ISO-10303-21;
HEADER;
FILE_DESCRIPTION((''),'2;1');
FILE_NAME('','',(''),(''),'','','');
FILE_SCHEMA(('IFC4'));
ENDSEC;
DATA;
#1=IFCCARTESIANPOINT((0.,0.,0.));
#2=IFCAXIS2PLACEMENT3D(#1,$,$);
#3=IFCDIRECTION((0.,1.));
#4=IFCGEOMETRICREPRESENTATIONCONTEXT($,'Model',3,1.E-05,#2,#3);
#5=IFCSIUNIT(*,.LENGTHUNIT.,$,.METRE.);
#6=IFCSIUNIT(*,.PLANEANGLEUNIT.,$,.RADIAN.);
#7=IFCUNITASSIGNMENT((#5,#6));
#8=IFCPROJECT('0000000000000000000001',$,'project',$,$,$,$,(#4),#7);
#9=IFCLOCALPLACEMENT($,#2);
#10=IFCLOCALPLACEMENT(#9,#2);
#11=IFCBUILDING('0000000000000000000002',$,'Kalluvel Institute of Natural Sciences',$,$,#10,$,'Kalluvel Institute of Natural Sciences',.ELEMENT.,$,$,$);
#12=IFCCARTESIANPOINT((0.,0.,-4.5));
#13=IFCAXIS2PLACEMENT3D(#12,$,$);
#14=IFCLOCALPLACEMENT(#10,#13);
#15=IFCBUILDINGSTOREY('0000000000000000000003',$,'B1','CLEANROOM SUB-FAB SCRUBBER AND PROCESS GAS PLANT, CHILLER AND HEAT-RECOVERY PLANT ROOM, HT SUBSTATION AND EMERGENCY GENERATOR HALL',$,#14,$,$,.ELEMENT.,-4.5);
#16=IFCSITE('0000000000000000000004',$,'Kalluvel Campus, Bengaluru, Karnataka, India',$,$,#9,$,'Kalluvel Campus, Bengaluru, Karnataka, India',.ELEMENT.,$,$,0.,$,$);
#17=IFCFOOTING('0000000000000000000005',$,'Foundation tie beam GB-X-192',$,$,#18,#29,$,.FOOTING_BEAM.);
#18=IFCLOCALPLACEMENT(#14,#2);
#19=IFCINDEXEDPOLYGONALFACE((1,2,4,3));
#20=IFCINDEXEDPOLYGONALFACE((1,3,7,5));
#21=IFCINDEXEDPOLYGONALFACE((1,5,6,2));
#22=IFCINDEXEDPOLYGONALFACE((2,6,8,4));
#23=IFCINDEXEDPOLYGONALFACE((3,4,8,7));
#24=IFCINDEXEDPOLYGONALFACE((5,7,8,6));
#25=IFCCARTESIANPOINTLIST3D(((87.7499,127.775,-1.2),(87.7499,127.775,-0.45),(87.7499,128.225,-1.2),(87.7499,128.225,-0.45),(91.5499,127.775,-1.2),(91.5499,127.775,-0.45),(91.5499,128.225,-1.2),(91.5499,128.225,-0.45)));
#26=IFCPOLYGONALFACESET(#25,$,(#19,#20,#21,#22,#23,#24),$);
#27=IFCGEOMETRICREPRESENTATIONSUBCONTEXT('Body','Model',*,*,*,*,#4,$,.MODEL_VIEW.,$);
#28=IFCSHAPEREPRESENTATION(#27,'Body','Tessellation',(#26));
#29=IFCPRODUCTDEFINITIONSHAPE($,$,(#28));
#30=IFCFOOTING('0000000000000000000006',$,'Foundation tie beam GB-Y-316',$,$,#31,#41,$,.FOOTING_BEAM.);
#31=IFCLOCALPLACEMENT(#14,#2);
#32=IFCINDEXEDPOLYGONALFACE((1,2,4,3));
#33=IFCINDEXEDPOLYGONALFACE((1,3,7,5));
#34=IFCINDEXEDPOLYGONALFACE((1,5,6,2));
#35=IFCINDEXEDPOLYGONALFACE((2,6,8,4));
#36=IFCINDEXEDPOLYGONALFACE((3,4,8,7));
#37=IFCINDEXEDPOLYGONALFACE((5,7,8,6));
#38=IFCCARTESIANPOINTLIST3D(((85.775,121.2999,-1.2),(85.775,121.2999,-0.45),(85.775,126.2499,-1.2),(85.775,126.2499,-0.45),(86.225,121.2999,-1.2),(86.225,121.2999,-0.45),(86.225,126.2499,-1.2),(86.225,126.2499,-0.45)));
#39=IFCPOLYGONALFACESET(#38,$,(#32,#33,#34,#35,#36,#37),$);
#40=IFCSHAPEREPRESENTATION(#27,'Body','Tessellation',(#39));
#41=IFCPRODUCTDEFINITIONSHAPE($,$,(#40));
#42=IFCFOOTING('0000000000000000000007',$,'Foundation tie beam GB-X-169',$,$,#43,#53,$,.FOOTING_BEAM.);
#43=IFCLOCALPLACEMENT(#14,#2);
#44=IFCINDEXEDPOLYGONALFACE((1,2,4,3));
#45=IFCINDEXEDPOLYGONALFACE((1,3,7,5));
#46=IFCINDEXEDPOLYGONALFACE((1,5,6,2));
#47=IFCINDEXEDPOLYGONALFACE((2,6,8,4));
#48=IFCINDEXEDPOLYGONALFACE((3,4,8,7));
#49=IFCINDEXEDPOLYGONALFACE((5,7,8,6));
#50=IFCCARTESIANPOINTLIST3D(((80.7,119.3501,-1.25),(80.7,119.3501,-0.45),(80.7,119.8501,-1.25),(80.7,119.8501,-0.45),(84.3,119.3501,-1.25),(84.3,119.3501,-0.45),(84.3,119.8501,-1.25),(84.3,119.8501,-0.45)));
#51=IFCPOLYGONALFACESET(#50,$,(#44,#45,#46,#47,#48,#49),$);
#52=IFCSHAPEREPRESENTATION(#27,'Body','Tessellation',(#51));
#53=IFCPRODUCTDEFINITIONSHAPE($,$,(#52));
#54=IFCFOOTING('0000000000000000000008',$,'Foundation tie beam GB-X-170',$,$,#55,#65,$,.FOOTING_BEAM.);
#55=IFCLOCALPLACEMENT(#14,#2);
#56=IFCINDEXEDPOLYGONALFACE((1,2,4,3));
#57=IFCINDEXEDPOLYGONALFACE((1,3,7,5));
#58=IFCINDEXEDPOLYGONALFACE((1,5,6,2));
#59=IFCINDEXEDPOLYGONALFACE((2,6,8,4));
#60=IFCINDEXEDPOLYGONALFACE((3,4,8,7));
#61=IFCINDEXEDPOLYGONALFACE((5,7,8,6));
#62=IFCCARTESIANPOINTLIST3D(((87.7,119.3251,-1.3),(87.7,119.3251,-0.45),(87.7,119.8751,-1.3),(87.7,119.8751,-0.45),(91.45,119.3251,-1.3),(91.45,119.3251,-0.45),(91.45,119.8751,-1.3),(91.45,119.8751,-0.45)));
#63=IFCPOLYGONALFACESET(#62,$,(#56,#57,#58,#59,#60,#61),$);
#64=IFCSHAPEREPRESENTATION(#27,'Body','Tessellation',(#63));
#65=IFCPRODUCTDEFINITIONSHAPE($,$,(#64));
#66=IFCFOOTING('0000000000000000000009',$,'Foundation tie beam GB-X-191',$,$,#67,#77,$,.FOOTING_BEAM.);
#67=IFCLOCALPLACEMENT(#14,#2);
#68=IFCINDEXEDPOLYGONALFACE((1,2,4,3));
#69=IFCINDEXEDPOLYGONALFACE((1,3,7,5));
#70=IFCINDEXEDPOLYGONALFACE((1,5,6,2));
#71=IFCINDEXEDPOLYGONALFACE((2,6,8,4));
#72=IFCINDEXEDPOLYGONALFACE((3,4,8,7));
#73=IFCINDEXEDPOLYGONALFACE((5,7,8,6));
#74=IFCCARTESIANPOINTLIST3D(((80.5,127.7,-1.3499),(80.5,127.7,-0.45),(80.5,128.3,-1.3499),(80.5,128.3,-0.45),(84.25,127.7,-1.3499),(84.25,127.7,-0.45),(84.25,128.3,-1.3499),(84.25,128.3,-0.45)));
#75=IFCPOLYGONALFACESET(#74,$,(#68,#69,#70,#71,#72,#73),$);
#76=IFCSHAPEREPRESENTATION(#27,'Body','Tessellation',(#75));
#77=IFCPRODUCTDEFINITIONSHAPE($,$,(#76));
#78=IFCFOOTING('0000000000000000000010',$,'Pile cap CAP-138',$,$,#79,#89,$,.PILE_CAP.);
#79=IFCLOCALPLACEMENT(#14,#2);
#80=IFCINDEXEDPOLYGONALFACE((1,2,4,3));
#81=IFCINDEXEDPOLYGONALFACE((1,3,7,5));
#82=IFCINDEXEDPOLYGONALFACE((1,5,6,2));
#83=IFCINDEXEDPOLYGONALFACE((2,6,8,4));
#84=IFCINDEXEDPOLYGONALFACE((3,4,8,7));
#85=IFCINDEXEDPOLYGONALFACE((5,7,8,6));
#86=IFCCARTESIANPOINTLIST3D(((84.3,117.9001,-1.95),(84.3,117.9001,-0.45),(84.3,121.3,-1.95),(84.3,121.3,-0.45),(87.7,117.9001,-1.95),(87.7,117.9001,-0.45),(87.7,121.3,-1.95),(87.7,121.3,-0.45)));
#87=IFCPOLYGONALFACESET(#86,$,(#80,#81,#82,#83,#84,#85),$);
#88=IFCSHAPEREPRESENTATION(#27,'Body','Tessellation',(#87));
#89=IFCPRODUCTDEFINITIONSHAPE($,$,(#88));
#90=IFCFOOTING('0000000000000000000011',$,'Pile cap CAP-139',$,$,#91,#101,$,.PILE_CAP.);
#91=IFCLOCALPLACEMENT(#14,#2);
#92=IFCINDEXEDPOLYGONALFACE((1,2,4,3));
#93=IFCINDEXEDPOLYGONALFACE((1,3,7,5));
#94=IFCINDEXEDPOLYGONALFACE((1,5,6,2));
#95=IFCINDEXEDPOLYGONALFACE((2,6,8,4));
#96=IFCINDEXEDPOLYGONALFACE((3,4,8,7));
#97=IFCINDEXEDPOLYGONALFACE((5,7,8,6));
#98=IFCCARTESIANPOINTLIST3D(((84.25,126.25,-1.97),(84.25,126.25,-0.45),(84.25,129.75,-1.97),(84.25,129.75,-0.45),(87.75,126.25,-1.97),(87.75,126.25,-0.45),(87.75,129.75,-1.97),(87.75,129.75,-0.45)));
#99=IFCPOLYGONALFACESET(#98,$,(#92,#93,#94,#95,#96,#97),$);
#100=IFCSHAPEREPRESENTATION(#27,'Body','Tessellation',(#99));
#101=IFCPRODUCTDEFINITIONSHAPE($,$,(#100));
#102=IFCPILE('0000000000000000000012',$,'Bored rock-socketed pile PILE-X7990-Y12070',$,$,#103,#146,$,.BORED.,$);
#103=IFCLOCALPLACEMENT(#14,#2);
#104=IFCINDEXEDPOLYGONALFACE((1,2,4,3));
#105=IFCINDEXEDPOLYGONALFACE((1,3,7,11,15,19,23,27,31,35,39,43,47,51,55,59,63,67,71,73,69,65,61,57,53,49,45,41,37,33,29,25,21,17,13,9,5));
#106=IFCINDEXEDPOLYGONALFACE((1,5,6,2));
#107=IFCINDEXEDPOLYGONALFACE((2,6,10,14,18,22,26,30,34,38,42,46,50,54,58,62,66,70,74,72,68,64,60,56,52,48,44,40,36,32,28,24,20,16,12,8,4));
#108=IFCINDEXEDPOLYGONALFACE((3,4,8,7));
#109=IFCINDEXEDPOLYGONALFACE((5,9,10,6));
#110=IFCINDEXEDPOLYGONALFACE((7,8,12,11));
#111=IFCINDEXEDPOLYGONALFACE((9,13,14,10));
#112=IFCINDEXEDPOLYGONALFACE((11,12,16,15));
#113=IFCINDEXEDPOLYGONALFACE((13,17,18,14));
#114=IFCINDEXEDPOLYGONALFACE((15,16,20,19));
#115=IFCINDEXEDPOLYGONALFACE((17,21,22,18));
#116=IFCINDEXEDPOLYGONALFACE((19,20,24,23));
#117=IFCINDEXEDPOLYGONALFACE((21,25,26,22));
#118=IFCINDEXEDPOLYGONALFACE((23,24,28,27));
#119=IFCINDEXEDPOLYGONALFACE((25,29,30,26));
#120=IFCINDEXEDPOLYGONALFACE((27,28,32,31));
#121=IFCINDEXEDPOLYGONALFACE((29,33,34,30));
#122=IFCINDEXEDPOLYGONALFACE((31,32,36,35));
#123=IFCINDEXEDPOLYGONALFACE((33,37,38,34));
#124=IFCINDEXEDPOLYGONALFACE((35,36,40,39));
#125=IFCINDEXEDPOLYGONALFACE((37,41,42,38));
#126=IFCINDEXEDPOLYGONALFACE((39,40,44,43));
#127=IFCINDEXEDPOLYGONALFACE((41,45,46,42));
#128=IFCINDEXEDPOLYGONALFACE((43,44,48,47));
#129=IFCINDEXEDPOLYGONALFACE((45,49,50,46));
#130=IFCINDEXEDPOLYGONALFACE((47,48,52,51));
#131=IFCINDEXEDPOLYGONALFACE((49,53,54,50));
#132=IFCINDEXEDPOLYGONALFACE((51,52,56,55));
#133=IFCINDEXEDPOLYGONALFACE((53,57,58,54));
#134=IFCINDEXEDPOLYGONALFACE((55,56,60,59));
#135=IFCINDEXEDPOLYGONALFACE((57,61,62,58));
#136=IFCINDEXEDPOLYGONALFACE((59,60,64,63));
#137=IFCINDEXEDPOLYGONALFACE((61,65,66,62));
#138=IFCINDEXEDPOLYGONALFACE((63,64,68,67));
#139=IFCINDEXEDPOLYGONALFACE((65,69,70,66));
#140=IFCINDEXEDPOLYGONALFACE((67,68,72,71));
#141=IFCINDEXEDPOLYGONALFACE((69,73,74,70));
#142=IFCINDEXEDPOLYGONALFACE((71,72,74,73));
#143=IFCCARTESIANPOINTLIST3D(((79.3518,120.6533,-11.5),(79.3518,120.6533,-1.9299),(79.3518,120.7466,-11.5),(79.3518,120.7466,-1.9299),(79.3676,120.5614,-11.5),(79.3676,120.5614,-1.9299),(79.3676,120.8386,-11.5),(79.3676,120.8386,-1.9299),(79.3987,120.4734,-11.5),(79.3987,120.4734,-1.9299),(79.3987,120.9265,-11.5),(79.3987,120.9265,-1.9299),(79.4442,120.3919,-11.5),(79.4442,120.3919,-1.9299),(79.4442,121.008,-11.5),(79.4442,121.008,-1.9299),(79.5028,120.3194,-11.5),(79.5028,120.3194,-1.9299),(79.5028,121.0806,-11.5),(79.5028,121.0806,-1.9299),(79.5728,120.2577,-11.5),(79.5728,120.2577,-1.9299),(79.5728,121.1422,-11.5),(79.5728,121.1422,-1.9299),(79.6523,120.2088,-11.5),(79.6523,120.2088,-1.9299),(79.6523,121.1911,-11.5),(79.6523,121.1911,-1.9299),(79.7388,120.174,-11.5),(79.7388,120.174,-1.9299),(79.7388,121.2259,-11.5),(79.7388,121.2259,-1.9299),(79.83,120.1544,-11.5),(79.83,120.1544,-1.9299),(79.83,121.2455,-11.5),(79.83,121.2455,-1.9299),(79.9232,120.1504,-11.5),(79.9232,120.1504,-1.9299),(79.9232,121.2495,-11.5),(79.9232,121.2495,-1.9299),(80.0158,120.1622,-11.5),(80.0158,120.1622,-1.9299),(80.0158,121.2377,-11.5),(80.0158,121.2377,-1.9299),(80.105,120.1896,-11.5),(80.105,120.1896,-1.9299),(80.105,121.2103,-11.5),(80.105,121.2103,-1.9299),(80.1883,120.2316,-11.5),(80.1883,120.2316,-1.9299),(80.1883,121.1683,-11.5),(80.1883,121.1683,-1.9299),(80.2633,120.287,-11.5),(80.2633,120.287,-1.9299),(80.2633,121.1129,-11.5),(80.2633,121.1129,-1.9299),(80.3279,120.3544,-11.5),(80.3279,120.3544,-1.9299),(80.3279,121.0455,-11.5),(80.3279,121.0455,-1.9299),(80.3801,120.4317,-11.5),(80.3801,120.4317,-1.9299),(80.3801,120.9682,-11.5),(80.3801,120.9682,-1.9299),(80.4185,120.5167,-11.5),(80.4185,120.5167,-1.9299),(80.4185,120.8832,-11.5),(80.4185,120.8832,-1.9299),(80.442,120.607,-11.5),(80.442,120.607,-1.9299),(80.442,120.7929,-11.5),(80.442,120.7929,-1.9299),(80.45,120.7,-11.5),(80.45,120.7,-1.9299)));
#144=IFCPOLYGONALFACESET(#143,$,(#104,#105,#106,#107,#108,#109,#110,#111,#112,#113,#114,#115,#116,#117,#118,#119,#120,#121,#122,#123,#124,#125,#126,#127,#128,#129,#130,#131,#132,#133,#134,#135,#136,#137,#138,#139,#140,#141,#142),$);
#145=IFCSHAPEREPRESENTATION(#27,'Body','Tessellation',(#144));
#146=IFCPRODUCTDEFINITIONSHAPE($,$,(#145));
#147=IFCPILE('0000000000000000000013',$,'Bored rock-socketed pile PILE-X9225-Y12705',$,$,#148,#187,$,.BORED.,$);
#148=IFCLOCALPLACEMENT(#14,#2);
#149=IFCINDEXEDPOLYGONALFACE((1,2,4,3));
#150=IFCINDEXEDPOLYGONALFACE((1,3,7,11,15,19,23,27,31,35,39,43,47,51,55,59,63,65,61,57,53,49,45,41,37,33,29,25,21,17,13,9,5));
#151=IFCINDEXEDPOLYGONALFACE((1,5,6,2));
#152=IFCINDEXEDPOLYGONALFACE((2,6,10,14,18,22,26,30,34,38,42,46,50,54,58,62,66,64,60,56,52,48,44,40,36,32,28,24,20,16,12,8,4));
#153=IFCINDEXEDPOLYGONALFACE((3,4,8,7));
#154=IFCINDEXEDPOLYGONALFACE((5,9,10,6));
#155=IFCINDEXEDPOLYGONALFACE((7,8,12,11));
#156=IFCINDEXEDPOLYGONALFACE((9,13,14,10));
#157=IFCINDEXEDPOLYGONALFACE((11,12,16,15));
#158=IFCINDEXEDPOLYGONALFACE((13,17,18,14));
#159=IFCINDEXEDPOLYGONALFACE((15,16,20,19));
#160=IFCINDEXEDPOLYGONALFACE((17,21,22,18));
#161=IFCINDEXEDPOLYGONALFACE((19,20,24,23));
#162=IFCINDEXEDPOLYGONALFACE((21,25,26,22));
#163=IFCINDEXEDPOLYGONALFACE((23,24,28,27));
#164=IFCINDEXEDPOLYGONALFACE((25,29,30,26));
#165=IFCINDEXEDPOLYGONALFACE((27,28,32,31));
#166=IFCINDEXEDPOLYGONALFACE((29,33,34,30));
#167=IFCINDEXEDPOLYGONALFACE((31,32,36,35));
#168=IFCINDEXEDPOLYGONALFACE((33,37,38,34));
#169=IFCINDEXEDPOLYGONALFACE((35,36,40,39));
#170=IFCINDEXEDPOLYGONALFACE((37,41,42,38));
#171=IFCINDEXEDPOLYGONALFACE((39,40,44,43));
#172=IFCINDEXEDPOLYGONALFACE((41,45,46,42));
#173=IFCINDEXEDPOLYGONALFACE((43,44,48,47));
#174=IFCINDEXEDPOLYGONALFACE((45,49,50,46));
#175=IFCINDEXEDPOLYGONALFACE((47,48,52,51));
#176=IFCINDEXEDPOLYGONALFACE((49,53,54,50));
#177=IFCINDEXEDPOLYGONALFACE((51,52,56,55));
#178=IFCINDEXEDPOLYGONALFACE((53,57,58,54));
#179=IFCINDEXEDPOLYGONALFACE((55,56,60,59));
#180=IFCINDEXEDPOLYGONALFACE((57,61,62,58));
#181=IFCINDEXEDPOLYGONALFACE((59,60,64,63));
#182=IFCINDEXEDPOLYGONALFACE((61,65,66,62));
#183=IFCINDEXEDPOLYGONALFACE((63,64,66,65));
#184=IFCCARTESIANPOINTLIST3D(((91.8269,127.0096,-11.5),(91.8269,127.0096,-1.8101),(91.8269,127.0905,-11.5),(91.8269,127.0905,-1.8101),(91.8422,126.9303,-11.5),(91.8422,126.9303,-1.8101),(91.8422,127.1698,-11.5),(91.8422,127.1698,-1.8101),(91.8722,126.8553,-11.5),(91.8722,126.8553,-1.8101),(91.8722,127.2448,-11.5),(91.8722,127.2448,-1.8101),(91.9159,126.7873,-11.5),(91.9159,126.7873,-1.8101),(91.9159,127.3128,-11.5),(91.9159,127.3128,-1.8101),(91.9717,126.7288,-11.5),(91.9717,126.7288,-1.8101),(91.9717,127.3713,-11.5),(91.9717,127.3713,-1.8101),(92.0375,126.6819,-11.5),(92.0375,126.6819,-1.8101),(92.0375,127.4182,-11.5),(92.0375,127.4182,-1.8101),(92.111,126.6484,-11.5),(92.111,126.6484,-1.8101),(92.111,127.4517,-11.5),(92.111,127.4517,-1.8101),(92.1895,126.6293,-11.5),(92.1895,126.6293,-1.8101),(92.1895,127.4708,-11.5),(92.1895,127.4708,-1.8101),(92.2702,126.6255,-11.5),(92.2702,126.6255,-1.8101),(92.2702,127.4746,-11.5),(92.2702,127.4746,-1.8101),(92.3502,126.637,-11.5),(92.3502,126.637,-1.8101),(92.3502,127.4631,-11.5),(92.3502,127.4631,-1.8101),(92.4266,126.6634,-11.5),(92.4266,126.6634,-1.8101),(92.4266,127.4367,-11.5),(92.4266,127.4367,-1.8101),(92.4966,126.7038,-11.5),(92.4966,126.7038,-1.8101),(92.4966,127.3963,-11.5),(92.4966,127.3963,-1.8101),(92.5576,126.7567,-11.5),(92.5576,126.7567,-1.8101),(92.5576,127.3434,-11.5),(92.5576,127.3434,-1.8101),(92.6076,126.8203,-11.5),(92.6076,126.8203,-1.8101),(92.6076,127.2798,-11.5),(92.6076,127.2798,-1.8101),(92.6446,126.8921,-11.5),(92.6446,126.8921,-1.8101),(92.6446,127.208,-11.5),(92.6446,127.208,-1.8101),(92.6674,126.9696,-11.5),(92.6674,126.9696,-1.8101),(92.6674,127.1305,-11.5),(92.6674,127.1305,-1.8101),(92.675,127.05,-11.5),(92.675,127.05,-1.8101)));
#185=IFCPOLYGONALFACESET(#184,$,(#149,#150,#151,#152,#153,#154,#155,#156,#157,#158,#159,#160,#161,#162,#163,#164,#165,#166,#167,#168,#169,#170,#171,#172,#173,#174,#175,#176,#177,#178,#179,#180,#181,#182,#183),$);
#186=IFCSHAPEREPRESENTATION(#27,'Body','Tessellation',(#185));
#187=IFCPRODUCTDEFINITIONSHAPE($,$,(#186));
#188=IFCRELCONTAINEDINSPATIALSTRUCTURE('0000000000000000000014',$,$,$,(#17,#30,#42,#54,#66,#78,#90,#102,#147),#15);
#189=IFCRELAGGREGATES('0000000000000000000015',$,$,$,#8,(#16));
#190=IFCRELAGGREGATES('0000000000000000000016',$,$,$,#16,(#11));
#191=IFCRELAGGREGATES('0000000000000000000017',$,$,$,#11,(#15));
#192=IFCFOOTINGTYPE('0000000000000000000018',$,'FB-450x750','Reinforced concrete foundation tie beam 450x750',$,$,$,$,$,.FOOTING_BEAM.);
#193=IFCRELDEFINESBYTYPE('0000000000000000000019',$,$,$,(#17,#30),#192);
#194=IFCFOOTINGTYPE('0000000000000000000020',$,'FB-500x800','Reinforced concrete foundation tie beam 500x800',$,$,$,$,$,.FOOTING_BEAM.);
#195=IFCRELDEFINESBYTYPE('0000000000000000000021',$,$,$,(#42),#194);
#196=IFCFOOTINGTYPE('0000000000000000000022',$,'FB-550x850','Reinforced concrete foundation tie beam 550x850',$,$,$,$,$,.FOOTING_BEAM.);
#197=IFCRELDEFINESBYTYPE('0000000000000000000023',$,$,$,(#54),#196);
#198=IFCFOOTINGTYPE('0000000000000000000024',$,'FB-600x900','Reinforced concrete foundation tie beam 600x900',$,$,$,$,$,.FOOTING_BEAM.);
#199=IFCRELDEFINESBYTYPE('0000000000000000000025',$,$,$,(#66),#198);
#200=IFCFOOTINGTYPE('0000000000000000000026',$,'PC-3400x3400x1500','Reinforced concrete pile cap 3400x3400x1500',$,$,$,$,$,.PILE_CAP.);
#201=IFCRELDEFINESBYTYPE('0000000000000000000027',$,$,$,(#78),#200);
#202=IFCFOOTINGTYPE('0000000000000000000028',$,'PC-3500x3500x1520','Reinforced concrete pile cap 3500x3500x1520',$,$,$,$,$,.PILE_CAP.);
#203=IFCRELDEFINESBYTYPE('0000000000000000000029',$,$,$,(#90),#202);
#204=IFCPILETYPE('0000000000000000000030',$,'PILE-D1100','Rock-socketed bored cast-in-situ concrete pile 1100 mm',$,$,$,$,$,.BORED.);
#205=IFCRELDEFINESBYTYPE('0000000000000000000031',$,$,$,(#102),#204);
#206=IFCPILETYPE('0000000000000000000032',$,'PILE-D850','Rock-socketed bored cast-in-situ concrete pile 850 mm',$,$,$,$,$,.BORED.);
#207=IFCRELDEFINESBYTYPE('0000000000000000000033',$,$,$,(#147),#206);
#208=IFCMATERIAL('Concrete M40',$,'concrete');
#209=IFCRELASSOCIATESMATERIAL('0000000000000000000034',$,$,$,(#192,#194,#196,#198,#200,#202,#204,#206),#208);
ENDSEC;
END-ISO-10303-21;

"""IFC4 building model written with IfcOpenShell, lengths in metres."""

from ifc_helpers import new_model, si_unit, direction, frame, origin, origin_2d, place, context, subcontext, project, spatial, rectangle, circle, extrude, material, material_profile, profile_set, type_object, element, save


model = new_model("IFC4")

# Units and contexts
model_context = context("Model", 3, precision=1e-05, world=origin(), true_north=direction((0.0, 1.0)))
body_context = subcontext(model_context, "Body", "Model", "MODEL_VIEW")
ifc_project = project(units=[si_unit("LENGTHUNIT", "METRE"), si_unit("PLANEANGLEUNIT", "RADIAN")], contexts=[model_context])

# Site, building, storey
site_placement = place(None, origin())
site = spatial("IfcSite", under=ifc_project, at=site_placement, Name="Kalluvel Campus, Bengaluru, Karnataka, India", LongName="Kalluvel Campus, Bengaluru, Karnataka, India", CompositionType="ELEMENT", RefElevation=0.0)
building_placement = place(site_placement, origin())
building = spatial("IfcBuilding", under=site, at=building_placement, Name="Kalluvel Institute of Natural Sciences", LongName="Kalluvel Institute of Natural Sciences", CompositionType="ELEMENT")
storey_placement = place(building_placement, frame((0.0, 0.0, -4.5)))
storey = spatial("IfcBuildingStorey", under=building, at=storey_placement, Name="B1", Description="CLEANROOM SUB-FAB SCRUBBER AND PROCESS GAS PLANT, CHILLER AND HEAT-RECOVERY PLANT ROOM, HT SUBSTATION AND EMERGENCY GENERATOR HALL", CompositionType="ELEMENT", Elevation=-4.5)

# Footings
ifc_material_1 = material(Name="Concrete M40", Category="concrete")
footing_type_1 = type_object("IfcFootingType", Name="FB-450x750", Description="Reinforced concrete foundation tie beam 450x750", PredefinedType="FOOTING_BEAM", material=ifc_material_1)
footing_1_placement = place(storey_placement, frame((89.6499, 128.0, -1.2), z_axis=(0.0, 0.0, 1.0), x_axis=(1.0, 0.0, 0.0)))
element("IfcFooting", 1, at=footing_1_placement, inside=storey, type_object=footing_type_1, Name="Foundation tie beam GB-X-192", PredefinedType="FOOTING_BEAM", context=body_context, shape_type="SweptSolid", body=[
    extrude(rectangle(XDim=3.8, YDim=0.45, at=origin_2d()), origin(), (0.0, 0.0, 1.0), 0.75),
])
footing_2_placement = place(storey_placement, frame((86.0, 123.7749, -1.2), z_axis=(0.0, 0.0, 1.0), x_axis=(1.0, 0.0, 0.0)))
element("IfcFooting", 2, at=footing_2_placement, inside=storey, type_object=footing_type_1, Name="Foundation tie beam GB-Y-316", PredefinedType="FOOTING_BEAM", context=body_context, shape_type="SweptSolid", body=[
    extrude(rectangle(XDim=0.45, YDim=4.95, at=origin_2d()), origin(), (0.0, 0.0, 1.0), 0.75),
])
footing_type_2 = type_object("IfcFootingType", Name="FB-500x800", Description="Reinforced concrete foundation tie beam 500x800", PredefinedType="FOOTING_BEAM", material=ifc_material_1)
footing_3_placement = place(storey_placement, frame((82.5, 119.6001, -1.25), z_axis=(0.0, 0.0, 1.0), x_axis=(1.0, 0.0, 0.0)))
element("IfcFooting", 3, at=footing_3_placement, inside=storey, type_object=footing_type_2, Name="Foundation tie beam GB-X-169", PredefinedType="FOOTING_BEAM", context=body_context, shape_type="SweptSolid", body=[
    extrude(rectangle(XDim=3.6001, YDim=0.5, at=origin_2d()), origin(), (0.0, 0.0, 1.0), 0.8),
])
footing_type_3 = type_object("IfcFootingType", Name="FB-550x850", Description="Reinforced concrete foundation tie beam 550x850", PredefinedType="FOOTING_BEAM", material=ifc_material_1)
footing_4_placement = place(storey_placement, frame((89.575, 119.6001, -1.3), z_axis=(0.0, 0.0, 1.0), x_axis=(1.0, 0.0, 0.0)))
element("IfcFooting", 4, at=footing_4_placement, inside=storey, type_object=footing_type_3, Name="Foundation tie beam GB-X-170", PredefinedType="FOOTING_BEAM", context=body_context, shape_type="SweptSolid", body=[
    extrude(rectangle(XDim=3.75, YDim=0.55, at=origin_2d()), origin(), (0.0, 0.0, 1.0), 0.8501),
])
footing_type_4 = type_object("IfcFootingType", Name="FB-600x900", Description="Reinforced concrete foundation tie beam 600x900", PredefinedType="FOOTING_BEAM", material=ifc_material_1)
footing_5_placement = place(storey_placement, frame((82.375, 128.0, -1.3499), z_axis=(0.0, 0.0, 1.0), x_axis=(1.0, 0.0, 0.0)))
element("IfcFooting", 5, at=footing_5_placement, inside=storey, type_object=footing_type_4, Name="Foundation tie beam GB-X-191", PredefinedType="FOOTING_BEAM", context=body_context, shape_type="SweptSolid", body=[
    extrude(rectangle(XDim=3.75, YDim=0.6001, at=origin_2d()), origin(), (0.0, 0.0, 1.0), 0.8999),
])
footing_type_5 = type_object("IfcFootingType", Name="PC-3400x3400x1500", Description="Reinforced concrete pile cap 3400x3400x1500", PredefinedType="PILE_CAP", material=ifc_material_1)
footing_6_placement = place(storey_placement, frame((86.0, 119.6001, -1.95), z_axis=(0.0, 0.0, 1.0), x_axis=(1.0, 0.0, 0.0)))
element("IfcFooting", 6, at=footing_6_placement, inside=storey, type_object=footing_type_5, Name="Pile cap CAP-138", PredefinedType="PILE_CAP", context=body_context, shape_type="SweptSolid", body=[
    extrude(rectangle(XDim=3.3999, YDim=3.3999, at=origin_2d()), origin(), (0.0, 0.0, 1.0), 1.5),
])
footing_type_6 = type_object("IfcFootingType", Name="PC-3500x3500x1520", Description="Reinforced concrete pile cap 3500x3500x1520", PredefinedType="PILE_CAP", material=ifc_material_1)
footing_7_placement = place(storey_placement, frame((86.0, 128.0, -1.97), z_axis=(0.0, 0.0, 1.0), x_axis=(1.0, 0.0, 0.0)))
element("IfcFooting", 7, at=footing_7_placement, inside=storey, type_object=footing_type_6, Name="Pile cap CAP-139", PredefinedType="PILE_CAP", context=body_context, shape_type="SweptSolid", body=[
    extrude(rectangle(XDim=3.5, YDim=3.5, at=origin_2d()), origin(), (0.0, 0.0, 1.0), 1.52),
])

# Piles
ifc_material_profile_1 = material_profile(ifc_material_1, circle(Radius=0.55, at=origin_2d()), Name="PILE D1100")
ifc_profile_set_1 = profile_set([ifc_material_profile_1], Name="Concrete M40")
pile_type_1 = type_object("IfcPileType", Name="PILE-D1100", Description="Rock-socketed bored cast-in-situ concrete pile 1100 mm", PredefinedType="BORED", material=ifc_profile_set_1)
pile_placement = place(storey_placement, frame((79.8999, 120.7, -1.9299), z_axis=(0.0, 0.0, -1.0), x_axis=(1.0, 0.0, 0.0)))
element("IfcPile", 8, at=pile_placement, inside=storey, type_object=pile_type_1, Name="Bored rock-socketed pile PILE-X7990-Y12070", PredefinedType="BORED", context=body_context, shape_type="SweptSolid", body=[
    extrude(circle(Radius=0.55, at=origin_2d()), origin(), (0.0, 0.0, 1.0), 9.5701),
])
ifc_material_profile_2 = material_profile(ifc_material_1, circle(Radius=0.425, at=origin_2d()), Name="PILE D850")
ifc_profile_set_2 = profile_set([ifc_material_profile_2], Name="Concrete M40")
pile_type_2 = type_object("IfcPileType", Name="PILE-D850", Description="Rock-socketed bored cast-in-situ concrete pile 850 mm", PredefinedType="BORED", material=ifc_profile_set_2)
for number, where, z_axis, x_axis, name in (
    (9, (92.25, 127.05, -1.8101), (0.0, 0.0, -1.0), (1.0, 0.0, 0.0), "Bored rock-socketed pile PILE-X9225-Y12705"),
):
    element("IfcPile", number, at=place(storey_placement, frame(where, z_axis=z_axis, x_axis=x_axis)), inside=storey, type_object=pile_type_2, Name=name, PredefinedType="BORED", context=body_context, shape_type="SweptSolid", body=[
        extrude(circle(Radius=0.425, at=origin_2d()), origin(), (0.0, 0.0, 1.0), 9.6899),
    ])

save(model, "model.ifc")
